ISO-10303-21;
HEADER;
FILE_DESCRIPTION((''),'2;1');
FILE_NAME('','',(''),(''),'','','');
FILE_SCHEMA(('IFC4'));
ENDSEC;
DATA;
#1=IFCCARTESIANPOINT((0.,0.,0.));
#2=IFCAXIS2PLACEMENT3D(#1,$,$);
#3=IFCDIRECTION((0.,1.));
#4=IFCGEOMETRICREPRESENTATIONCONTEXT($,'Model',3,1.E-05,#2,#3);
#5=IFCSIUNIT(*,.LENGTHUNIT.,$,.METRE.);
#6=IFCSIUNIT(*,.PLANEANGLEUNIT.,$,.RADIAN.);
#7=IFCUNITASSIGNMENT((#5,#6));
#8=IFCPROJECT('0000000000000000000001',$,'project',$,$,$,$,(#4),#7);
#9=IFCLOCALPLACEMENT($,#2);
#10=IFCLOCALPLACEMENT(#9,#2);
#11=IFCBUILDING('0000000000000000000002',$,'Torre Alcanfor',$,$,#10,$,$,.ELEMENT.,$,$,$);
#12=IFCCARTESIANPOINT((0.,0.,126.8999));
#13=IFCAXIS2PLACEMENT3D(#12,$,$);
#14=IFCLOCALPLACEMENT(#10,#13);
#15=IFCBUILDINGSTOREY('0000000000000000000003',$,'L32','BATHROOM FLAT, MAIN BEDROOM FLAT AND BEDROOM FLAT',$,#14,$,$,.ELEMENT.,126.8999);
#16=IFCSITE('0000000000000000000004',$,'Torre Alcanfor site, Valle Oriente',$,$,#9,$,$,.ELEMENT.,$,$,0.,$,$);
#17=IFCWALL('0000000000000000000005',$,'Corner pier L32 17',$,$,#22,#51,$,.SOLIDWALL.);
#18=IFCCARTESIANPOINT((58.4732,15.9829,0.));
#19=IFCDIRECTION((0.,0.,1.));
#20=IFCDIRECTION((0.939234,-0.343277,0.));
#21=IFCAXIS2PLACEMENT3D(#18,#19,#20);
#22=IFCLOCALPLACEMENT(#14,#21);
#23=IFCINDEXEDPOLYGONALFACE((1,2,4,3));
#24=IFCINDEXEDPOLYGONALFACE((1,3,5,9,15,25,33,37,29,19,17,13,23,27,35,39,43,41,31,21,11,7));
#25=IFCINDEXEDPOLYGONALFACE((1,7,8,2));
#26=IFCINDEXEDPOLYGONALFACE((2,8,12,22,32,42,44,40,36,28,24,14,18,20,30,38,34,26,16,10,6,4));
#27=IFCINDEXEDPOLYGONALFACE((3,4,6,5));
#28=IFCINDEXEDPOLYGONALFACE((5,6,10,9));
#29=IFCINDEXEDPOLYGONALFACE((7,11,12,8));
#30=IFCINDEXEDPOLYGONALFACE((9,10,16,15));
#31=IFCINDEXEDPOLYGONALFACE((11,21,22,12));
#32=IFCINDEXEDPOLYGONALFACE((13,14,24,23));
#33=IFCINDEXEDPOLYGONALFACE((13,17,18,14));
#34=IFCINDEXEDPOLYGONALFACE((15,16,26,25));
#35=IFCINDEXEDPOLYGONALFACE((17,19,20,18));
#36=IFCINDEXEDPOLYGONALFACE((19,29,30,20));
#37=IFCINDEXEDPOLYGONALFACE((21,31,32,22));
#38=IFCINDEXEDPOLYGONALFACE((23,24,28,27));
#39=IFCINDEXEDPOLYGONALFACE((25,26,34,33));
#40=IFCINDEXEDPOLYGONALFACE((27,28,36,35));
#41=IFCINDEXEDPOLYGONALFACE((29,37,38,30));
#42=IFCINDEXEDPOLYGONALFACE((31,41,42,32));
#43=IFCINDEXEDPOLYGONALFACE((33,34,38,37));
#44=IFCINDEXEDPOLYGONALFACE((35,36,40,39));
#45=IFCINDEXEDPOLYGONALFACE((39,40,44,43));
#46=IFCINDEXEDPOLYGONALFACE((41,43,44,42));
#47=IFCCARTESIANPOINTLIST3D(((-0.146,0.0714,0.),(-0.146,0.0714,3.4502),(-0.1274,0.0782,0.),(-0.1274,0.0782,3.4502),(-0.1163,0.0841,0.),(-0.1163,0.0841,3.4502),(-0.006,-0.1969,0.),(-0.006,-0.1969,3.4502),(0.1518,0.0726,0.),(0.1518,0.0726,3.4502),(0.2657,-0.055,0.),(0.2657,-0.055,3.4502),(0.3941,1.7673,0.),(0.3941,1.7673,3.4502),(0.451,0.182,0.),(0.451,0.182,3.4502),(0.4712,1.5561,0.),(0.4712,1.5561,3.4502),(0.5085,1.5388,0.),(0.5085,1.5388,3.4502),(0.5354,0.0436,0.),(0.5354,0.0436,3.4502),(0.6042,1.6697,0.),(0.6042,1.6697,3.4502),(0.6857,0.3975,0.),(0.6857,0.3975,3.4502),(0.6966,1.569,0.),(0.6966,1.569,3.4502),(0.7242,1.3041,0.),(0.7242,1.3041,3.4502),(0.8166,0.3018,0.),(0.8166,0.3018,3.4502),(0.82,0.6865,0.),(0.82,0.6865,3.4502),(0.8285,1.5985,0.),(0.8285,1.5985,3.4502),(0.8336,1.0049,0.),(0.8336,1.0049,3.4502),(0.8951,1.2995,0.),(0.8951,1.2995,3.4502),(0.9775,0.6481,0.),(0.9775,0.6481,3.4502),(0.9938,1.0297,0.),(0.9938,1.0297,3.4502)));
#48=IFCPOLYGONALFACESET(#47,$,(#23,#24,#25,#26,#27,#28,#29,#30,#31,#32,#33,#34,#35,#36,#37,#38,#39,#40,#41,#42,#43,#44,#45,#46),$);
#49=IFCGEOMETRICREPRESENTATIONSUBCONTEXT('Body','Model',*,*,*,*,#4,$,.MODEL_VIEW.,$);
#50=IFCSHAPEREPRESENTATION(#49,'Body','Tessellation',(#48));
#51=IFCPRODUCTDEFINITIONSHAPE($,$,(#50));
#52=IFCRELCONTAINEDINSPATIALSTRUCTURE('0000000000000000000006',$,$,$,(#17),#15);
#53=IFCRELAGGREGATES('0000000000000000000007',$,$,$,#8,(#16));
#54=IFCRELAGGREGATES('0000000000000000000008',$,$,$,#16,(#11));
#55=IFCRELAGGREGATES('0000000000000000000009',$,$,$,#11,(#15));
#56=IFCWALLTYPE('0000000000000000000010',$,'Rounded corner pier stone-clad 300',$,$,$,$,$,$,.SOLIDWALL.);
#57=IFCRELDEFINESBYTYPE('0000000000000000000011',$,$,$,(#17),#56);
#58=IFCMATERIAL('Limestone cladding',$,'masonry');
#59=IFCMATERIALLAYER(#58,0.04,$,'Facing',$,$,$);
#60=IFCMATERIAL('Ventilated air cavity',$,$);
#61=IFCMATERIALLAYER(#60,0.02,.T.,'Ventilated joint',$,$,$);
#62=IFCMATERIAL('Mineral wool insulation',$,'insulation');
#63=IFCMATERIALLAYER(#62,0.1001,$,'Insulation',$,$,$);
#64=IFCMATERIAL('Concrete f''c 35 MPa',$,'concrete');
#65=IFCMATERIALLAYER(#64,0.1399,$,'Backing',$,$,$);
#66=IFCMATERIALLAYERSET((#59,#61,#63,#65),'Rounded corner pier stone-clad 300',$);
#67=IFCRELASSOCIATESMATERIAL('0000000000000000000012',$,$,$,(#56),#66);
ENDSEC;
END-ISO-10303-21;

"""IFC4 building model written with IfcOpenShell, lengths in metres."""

from ifc_helpers import new_model, si_unit, direction, frame, origin, place, context, subcontext, project, spatial, polyline, outline, extrude, material, layer, layer_set, type_object, element, save


model = new_model("IFC4")

# Units and contexts
model_context = context("Model", 3, precision=1e-05, world=origin(), true_north=direction((0.0, 1.0)))
body_context = subcontext(model_context, "Body", "Model", "MODEL_VIEW")
ifc_project = project(units=[si_unit("LENGTHUNIT", "METRE"), si_unit("PLANEANGLEUNIT", "RADIAN")], contexts=[model_context])

# Site, building, storey
site_placement = place(None, origin())
site = spatial("IfcSite", under=ifc_project, at=site_placement, Name="Torre Alcanfor site, Valle Oriente", CompositionType="ELEMENT", RefElevation=0.0)
building_placement = place(site_placement, origin())
building = spatial("IfcBuilding", under=site, at=building_placement, Name="Torre Alcanfor", CompositionType="ELEMENT")
storey_placement = place(building_placement, frame((0.0, 0.0, 126.8999)))
storey = spatial("IfcBuildingStorey", under=building, at=storey_placement, Name="L32", Description="BATHROOM FLAT, MAIN BEDROOM FLAT AND BEDROOM FLAT", CompositionType="ELEMENT", Elevation=126.8999)

# Wall
ifc_material_1 = material(Name="Limestone cladding", Category="masonry")
ifc_layer_1 = layer(ifc_material_1, 0.04, Name="Facing")
ifc_material_2 = material(Name="Ventilated air cavity")
ifc_layer_2 = layer(ifc_material_2, 0.02, ventilated=True, Name="Ventilated joint")
ifc_material_3 = material(Name="Mineral wool insulation", Category="insulation")
ifc_layer_3 = layer(ifc_material_3, 0.1001, Name="Insulation")
ifc_material_4 = material(Name="Concrete f'c 35 MPa", Category="concrete")
ifc_layer_4 = layer(ifc_material_4, 0.1399, Name="Backing")
ifc_layer_set_1 = layer_set([ifc_layer_1, ifc_layer_2, ifc_layer_3, ifc_layer_4], Name="Rounded corner pier stone-clad 300")
wall_type_1 = type_object("IfcWallType", Name="Rounded corner pier stone-clad 300", PredefinedType="SOLIDWALL", material=ifc_layer_set_1)
wall_1_placement = place(storey_placement, frame((58.4732, 15.9829, 0.0), z_axis=(0.0, 0.0, 1.0), x_axis=(0.939234, -0.343277, 0.0)))
element("IfcWall", 1, at=wall_1_placement, inside=storey, type_object=wall_type_1, Name="Corner pier L32 17", PredefinedType="SOLIDWALL", context=body_context, shape_type="SweptSolid", body=[
    extrude(outline(polyline([(0.8285, 1.5985), (0.6966, 1.569), (0.6042, 1.6697), (0.3941, 1.7673), (0.4712, 1.5561), (0.5085, 1.5388), (0.7242, 1.3041), (0.8336, 1.0049), (0.82, 0.6865), (0.6857, 0.3975), (0.451, 0.182), (0.1518, 0.0726), (-0.1163, 0.0841), (-0.1274, 0.0782), (-0.146, 0.0714), (-0.006, -0.1969), (0.2657, -0.055), (0.5354, 0.0436), (0.8166, 0.3018), (0.9775, 0.6481), (0.9938, 1.0297), (0.8951, 1.2995), (0.8285, 1.5985)])), origin(), (0.0, 0.0, 1.0), 3.4502),
])

save(model, "model.ifc")
